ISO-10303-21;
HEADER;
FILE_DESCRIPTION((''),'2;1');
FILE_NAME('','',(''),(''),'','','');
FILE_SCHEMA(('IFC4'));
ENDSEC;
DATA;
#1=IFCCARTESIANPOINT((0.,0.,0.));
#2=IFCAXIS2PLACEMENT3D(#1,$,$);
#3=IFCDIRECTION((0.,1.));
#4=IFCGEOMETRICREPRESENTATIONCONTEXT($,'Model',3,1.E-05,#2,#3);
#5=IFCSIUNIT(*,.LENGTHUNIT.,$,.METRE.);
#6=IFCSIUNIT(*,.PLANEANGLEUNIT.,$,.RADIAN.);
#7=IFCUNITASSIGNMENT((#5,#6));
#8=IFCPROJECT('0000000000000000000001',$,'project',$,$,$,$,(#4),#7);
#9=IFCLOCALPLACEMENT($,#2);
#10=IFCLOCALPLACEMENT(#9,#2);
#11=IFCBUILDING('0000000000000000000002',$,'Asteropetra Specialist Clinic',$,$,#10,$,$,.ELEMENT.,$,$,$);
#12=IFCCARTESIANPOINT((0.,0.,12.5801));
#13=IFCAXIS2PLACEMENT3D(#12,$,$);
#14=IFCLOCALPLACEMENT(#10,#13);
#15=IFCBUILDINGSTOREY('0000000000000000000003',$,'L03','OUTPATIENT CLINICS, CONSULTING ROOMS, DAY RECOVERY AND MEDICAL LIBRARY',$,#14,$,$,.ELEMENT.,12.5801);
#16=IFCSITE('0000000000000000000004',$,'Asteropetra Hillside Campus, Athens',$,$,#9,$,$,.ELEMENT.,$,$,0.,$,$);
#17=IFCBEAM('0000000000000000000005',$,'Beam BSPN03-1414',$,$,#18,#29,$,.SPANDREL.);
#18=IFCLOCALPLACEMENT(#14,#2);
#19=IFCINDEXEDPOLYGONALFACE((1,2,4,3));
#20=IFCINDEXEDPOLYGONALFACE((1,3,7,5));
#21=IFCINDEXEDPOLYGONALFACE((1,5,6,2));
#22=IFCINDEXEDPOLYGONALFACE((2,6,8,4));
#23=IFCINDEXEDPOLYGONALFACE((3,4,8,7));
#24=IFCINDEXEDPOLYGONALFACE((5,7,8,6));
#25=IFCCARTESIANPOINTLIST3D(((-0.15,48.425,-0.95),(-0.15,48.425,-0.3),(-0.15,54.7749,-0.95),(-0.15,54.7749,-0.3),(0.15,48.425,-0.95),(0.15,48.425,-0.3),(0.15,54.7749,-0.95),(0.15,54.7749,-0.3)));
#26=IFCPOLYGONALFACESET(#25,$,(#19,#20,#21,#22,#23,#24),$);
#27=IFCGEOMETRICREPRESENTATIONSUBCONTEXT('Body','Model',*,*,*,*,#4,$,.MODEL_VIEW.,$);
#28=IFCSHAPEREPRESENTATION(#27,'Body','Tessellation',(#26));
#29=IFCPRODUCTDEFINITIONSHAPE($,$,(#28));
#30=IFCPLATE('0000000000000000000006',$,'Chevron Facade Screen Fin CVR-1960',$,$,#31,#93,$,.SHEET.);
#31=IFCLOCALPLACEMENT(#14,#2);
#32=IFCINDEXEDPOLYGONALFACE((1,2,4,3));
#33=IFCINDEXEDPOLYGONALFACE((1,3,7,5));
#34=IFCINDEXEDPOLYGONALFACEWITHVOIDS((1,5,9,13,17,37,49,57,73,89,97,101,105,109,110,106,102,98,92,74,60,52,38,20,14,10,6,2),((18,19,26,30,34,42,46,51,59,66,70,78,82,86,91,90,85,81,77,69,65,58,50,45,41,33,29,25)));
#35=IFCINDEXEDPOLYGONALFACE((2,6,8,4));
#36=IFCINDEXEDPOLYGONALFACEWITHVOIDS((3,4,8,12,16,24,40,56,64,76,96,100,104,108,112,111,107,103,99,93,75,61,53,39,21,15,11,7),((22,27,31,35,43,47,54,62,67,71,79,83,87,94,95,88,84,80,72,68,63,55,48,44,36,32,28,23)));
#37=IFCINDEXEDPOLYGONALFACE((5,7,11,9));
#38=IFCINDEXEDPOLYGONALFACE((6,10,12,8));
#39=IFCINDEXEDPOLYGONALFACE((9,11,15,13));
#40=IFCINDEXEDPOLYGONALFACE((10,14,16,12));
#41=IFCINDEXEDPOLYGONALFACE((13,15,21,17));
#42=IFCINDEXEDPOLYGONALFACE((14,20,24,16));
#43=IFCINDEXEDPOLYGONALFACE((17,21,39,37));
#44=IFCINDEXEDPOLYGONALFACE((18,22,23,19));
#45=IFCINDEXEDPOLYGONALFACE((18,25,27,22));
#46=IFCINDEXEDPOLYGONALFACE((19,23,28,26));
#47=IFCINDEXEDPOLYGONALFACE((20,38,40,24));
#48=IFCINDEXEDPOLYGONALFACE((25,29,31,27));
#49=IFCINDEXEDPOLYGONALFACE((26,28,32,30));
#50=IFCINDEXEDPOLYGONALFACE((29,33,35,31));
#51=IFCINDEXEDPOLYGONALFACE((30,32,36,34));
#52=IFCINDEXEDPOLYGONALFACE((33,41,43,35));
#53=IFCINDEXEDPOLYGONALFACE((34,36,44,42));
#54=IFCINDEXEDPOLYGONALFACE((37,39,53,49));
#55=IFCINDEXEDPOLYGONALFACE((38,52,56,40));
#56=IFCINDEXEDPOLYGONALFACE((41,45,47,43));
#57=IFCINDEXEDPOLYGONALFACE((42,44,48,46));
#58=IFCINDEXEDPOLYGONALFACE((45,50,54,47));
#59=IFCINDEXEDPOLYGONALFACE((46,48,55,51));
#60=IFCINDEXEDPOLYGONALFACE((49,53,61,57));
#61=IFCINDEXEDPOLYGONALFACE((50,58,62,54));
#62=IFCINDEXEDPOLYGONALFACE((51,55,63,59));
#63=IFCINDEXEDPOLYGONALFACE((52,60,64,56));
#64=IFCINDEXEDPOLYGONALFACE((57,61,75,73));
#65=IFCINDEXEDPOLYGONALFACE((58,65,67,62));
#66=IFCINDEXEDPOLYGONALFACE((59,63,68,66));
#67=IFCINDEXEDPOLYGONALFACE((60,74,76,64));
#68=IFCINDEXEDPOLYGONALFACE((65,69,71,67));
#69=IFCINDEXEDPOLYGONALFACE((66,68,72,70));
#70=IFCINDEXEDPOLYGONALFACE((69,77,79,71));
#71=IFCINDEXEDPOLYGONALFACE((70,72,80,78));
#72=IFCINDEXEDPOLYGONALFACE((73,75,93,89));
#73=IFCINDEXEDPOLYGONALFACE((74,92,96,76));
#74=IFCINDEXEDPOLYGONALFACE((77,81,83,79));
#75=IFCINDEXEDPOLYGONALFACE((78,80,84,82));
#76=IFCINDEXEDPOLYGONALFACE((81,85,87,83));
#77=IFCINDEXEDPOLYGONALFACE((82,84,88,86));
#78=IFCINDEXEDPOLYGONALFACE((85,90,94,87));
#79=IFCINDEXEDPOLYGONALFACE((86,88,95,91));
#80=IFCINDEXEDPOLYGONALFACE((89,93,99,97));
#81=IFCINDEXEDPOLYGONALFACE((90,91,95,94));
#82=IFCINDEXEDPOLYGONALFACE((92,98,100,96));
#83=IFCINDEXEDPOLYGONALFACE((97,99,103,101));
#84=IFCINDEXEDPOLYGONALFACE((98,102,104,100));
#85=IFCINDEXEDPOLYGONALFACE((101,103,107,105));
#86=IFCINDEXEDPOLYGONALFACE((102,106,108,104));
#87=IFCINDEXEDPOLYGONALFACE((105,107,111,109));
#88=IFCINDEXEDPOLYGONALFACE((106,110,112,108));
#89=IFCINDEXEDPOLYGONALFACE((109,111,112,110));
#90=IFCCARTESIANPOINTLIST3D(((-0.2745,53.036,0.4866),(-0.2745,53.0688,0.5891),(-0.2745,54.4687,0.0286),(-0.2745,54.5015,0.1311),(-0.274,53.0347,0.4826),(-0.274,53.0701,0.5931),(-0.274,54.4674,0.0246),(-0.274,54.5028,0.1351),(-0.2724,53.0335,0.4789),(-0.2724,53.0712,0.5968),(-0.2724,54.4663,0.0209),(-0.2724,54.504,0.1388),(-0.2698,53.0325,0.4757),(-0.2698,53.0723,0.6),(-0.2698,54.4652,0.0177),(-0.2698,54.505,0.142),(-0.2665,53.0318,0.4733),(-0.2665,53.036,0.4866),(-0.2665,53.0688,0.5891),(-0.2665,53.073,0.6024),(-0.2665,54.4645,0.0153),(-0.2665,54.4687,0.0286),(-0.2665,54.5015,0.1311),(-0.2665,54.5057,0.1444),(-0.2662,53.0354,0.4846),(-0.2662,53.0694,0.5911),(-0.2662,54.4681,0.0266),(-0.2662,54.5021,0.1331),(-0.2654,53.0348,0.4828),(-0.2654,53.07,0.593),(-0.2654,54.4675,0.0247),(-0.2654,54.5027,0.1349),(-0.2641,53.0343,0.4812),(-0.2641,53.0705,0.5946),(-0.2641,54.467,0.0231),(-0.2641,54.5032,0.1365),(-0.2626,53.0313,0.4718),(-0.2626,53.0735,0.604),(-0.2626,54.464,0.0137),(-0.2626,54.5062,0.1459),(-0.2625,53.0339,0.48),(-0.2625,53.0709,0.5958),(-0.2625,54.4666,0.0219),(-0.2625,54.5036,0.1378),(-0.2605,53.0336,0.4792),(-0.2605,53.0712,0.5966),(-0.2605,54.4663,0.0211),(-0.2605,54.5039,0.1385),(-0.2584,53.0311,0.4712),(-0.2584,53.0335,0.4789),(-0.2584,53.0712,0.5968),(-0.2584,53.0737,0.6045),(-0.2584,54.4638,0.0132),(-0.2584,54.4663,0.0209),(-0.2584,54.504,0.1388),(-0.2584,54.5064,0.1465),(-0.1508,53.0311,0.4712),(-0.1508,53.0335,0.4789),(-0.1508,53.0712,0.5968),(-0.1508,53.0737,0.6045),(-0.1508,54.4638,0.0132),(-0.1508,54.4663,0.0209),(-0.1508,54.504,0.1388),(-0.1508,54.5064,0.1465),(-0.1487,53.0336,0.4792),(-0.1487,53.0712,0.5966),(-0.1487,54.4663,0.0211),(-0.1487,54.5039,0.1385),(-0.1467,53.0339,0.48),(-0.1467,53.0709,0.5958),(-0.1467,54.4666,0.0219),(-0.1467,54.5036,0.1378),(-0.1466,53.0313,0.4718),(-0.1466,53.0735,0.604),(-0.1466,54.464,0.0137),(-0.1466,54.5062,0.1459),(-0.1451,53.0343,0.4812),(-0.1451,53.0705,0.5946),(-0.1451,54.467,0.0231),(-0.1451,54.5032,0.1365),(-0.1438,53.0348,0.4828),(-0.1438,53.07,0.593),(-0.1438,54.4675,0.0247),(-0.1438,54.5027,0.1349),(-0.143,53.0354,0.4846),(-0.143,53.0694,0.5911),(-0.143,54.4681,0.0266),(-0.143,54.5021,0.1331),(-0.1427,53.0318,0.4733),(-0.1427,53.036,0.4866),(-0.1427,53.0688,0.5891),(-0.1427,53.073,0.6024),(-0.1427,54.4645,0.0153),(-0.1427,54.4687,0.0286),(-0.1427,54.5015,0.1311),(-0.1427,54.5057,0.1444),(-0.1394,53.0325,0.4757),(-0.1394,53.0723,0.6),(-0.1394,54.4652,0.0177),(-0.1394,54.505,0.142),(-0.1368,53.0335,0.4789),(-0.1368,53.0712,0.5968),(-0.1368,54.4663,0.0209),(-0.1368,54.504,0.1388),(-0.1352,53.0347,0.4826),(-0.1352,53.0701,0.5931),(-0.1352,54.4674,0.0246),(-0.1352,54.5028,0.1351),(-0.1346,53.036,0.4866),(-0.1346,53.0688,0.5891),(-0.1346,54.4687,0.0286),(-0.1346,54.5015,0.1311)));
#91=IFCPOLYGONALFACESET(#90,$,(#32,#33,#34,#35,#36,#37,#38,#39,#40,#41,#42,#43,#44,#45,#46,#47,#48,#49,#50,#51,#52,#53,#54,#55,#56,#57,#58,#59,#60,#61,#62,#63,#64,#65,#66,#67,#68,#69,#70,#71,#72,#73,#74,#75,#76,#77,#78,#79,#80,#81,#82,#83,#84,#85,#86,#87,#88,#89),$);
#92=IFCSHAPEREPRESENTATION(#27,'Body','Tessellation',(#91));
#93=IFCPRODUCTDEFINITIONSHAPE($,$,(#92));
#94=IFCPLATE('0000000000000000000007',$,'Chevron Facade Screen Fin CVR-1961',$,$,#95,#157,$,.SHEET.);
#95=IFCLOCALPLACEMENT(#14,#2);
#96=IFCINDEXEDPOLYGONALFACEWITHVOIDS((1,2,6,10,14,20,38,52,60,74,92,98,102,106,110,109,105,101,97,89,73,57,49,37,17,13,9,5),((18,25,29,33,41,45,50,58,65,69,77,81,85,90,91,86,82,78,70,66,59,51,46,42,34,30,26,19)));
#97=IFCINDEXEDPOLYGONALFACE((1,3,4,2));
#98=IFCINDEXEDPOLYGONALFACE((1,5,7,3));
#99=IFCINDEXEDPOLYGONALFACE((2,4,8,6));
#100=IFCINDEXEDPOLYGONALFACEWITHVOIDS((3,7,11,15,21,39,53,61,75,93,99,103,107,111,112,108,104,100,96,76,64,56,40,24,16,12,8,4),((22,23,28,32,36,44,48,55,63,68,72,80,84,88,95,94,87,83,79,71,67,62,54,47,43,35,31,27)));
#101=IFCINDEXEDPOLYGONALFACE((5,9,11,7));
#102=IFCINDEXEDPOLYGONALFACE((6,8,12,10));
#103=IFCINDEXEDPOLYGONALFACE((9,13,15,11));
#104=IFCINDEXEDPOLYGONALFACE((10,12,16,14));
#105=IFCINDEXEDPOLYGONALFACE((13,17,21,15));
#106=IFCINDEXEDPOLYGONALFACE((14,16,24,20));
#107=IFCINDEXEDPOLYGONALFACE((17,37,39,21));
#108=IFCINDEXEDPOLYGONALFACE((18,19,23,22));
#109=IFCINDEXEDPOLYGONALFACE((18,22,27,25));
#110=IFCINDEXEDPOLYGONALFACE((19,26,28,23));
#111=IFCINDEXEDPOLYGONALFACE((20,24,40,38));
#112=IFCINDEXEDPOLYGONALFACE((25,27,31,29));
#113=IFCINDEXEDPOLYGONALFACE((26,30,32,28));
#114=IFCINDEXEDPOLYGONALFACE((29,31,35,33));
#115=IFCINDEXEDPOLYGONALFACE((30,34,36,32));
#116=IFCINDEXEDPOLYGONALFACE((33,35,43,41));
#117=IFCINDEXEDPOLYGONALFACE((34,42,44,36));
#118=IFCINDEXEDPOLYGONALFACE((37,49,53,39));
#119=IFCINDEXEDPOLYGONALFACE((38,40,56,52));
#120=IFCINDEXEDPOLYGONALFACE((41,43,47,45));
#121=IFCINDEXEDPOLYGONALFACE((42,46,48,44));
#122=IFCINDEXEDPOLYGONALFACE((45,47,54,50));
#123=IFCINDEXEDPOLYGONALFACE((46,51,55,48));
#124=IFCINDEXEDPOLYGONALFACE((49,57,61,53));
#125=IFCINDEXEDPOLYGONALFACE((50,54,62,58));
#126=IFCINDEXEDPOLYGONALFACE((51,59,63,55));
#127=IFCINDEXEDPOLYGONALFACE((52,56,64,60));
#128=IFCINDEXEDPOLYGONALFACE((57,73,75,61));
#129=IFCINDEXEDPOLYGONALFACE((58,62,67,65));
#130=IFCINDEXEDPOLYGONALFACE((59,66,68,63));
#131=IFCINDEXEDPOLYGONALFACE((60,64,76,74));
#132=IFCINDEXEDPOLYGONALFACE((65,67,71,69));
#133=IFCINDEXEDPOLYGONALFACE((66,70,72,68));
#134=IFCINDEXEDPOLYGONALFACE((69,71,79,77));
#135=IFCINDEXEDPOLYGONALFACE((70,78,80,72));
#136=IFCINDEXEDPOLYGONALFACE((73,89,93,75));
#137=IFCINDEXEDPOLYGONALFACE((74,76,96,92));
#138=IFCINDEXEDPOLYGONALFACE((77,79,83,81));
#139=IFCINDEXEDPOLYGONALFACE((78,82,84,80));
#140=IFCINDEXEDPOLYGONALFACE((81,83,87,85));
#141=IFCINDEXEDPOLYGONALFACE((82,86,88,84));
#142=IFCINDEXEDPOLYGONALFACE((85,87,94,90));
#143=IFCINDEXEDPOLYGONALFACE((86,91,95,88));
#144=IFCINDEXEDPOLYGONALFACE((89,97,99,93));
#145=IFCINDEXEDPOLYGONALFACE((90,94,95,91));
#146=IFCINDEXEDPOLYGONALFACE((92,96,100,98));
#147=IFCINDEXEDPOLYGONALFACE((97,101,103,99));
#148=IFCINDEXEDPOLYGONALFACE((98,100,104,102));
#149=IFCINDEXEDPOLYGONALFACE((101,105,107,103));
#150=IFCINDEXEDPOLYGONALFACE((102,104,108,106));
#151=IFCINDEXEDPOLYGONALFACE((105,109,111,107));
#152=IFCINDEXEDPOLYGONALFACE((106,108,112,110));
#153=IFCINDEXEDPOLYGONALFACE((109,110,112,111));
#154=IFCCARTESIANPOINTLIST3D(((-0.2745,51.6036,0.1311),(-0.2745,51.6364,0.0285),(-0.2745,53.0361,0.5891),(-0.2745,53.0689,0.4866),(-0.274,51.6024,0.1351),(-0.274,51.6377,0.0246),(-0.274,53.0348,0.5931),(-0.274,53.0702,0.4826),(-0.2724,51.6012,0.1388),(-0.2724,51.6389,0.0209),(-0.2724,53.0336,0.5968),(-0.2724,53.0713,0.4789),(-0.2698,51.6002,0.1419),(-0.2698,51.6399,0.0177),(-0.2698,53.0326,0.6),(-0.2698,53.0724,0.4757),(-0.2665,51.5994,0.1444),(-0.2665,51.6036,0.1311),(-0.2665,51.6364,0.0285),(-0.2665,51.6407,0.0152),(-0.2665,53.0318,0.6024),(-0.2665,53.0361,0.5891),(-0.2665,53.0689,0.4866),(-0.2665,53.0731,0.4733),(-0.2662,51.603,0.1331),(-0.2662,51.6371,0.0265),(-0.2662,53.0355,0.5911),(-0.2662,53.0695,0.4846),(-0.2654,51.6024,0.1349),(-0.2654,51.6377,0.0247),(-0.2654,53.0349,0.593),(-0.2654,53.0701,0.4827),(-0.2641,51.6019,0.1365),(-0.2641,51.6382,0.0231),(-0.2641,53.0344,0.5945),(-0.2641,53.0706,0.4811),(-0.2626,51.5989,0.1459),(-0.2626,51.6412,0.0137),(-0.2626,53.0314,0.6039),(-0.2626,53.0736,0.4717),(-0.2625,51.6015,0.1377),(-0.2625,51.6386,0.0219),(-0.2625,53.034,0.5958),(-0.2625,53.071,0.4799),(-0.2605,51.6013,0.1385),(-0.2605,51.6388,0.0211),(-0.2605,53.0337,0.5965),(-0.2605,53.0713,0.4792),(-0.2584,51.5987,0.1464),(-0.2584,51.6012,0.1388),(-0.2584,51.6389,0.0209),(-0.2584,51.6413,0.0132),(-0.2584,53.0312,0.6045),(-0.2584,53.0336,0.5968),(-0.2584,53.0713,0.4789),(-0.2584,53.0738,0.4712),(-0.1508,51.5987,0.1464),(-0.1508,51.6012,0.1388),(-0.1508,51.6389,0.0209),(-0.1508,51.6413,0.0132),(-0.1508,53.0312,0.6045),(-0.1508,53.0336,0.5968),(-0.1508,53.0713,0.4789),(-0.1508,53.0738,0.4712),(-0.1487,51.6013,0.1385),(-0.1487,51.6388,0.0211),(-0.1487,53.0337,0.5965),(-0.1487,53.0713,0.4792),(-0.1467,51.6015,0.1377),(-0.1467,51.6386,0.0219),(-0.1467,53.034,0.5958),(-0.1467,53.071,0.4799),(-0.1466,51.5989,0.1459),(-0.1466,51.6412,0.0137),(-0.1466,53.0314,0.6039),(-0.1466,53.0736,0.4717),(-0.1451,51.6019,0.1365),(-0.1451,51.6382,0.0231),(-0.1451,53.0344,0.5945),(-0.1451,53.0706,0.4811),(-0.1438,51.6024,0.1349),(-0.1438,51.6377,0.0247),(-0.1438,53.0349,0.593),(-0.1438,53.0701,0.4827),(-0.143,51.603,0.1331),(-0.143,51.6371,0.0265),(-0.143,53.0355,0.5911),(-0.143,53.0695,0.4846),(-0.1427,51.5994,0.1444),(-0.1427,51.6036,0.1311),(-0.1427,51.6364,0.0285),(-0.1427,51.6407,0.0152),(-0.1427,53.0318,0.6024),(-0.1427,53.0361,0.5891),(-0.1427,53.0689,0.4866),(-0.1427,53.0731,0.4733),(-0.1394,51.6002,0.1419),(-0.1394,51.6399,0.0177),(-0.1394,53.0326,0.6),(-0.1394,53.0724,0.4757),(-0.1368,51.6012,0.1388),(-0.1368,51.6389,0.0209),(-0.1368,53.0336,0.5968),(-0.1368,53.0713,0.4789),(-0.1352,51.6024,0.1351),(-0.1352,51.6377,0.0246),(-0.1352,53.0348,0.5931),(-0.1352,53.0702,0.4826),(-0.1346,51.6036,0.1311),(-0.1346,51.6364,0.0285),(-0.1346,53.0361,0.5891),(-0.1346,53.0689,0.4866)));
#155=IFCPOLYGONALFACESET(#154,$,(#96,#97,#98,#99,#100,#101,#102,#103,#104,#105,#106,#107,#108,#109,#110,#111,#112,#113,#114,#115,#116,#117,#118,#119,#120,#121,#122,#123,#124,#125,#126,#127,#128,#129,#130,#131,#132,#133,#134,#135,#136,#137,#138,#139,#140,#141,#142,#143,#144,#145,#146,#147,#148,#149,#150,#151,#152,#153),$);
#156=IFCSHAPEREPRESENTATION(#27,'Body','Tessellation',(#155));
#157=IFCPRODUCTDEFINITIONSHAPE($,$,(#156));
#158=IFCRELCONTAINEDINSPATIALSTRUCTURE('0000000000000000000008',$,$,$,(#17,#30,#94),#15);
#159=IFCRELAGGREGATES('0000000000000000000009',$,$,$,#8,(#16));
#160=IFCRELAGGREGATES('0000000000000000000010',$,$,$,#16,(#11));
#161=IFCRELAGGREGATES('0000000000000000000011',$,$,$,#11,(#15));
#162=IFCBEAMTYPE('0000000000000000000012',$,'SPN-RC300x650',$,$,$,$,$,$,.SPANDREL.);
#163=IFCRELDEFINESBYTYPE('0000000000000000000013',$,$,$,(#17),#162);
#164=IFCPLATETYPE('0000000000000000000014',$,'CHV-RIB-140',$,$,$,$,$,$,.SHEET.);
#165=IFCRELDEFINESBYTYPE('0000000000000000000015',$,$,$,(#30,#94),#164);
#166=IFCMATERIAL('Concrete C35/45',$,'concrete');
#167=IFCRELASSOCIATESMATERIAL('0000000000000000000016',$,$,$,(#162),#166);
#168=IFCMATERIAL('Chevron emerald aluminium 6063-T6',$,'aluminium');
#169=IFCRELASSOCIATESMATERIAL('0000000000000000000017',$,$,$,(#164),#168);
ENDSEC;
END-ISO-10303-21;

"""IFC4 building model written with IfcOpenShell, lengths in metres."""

from ifc_helpers import new_model, si_unit, direction, frame, origin, origin_2d, place, context, subcontext, project, spatial, rectangle, hollow_rectangle, extrude, material, material_profile, profile_set, type_object, element, save


model = new_model("IFC4")

# Units and contexts
model_context = context("Model", 3, precision=1e-05, world=origin(), true_north=direction((0.0, 1.0)))
body_context = subcontext(model_context, "Body", "Model", "MODEL_VIEW")
ifc_project = project(units=[si_unit("LENGTHUNIT", "METRE"), si_unit("PLANEANGLEUNIT", "RADIAN")], contexts=[model_context])

# Site, building, storey
site_placement = place(None, origin())
site = spatial("IfcSite", under=ifc_project, at=site_placement, Name="Asteropetra Hillside Campus, Athens", CompositionType="ELEMENT", RefElevation=0.0)
building_placement = place(site_placement, origin())
building = spatial("IfcBuilding", under=site, at=building_placement, Name="Asteropetra Specialist Clinic", CompositionType="ELEMENT")
storey_placement = place(building_placement, frame((0.0, 0.0, 12.5801)))
storey = spatial("IfcBuildingStorey", under=building, at=storey_placement, Name="L03", Description="OUTPATIENT CLINICS, CONSULTING ROOMS, DAY RECOVERY AND MEDICAL LIBRARY", CompositionType="ELEMENT", Elevation=12.5801)

# Beam
ifc_material_1 = material(Name="Concrete C35/45", Category="concrete")
ifc_material_profile_1 = material_profile(ifc_material_1, rectangle(XDim=0.3, YDim=0.6499, at=origin_2d()), Name="RCS 300x650")
ifc_profile_set_1 = profile_set([ifc_material_profile_1], Name="Concrete C35/45")
beam_type = type_object("IfcBeamType", Name="SPN-RC300x650", PredefinedType="SPANDREL", material=ifc_profile_set_1)
beam_placement = place(storey_placement, frame((0.0, 48.425, -0.625), z_axis=(0.0, 1.0, 0.0), x_axis=(-1.0, 0.0, 0.0)))
element("IfcBeam", 1, at=beam_placement, inside=storey, type_object=beam_type, Name="Beam BSPN03-1414", PredefinedType="SPANDREL", context=body_context, shape_type="SweptSolid", body=[
    extrude(rectangle(XDim=0.3, YDim=0.6499, at=origin_2d()), origin(), (0.0, 0.0, 1.0), 6.3499),
])

# Plates
ifc_material_2 = material(Name="Chevron emerald aluminium 6063-T6", Category="aluminium")
ifc_material_profile_2 = material_profile(ifc_material_2, hollow_rectangle(XDim=0.1399, YDim=0.1399, WallThickness=0.0081, InnerFilletRadius=0.0081, OuterFilletRadius=0.0161, at=origin_2d()), Name="SHS 140x140x8.0")
ifc_profile_set_2 = profile_set([ifc_material_profile_2], Name="Chevron emerald aluminium 6063-T6")
plate_type_1 = type_object("IfcPlateType", Name="CHV-RIB-140", PredefinedType="SHEET", material=ifc_profile_set_2)
plate_placement = place(storey_placement, frame((-0.2046, 54.4851, 0.0798), z_axis=(0.0, -0.952507, 0.304517), x_axis=(1.0, 0.0, 0.0)))
element("IfcPlate", 2, at=plate_placement, inside=storey, type_object=plate_type_1, Name="Chevron Facade Screen Fin CVR-1960", PredefinedType="SHEET", context=body_context, shape_type="SweptSolid", body=[
    extrude(hollow_rectangle(XDim=0.1399, YDim=0.1399, WallThickness=0.0081, InnerFilletRadius=0.0081, OuterFilletRadius=0.0161, at=origin_2d()), origin(), (0.0, 0.0, 1.0), 1.5042),
])
for number, where, z_axis, x_axis, name in (
    (3, (-0.2046, 53.0525, 0.5378), (0.0, -0.952492, -0.304564), (1.0, 0.0, 0.0), "Chevron Facade Screen Fin CVR-1961"),
):
    element("IfcPlate", number, at=place(storey_placement, frame(where, z_axis=z_axis, x_axis=x_axis)), inside=storey, type_object=plate_type_1, Name=name, PredefinedType="SHEET", context=body_context, shape_type="SweptSolid", body=[
        extrude(hollow_rectangle(XDim=0.1399, YDim=0.1399, WallThickness=0.0081, InnerFilletRadius=0.0081, OuterFilletRadius=0.0161, at=origin_2d()), origin(), (0.0, 0.0, 1.0), 1.5039),
    ])

save(model, "model.ifc")
